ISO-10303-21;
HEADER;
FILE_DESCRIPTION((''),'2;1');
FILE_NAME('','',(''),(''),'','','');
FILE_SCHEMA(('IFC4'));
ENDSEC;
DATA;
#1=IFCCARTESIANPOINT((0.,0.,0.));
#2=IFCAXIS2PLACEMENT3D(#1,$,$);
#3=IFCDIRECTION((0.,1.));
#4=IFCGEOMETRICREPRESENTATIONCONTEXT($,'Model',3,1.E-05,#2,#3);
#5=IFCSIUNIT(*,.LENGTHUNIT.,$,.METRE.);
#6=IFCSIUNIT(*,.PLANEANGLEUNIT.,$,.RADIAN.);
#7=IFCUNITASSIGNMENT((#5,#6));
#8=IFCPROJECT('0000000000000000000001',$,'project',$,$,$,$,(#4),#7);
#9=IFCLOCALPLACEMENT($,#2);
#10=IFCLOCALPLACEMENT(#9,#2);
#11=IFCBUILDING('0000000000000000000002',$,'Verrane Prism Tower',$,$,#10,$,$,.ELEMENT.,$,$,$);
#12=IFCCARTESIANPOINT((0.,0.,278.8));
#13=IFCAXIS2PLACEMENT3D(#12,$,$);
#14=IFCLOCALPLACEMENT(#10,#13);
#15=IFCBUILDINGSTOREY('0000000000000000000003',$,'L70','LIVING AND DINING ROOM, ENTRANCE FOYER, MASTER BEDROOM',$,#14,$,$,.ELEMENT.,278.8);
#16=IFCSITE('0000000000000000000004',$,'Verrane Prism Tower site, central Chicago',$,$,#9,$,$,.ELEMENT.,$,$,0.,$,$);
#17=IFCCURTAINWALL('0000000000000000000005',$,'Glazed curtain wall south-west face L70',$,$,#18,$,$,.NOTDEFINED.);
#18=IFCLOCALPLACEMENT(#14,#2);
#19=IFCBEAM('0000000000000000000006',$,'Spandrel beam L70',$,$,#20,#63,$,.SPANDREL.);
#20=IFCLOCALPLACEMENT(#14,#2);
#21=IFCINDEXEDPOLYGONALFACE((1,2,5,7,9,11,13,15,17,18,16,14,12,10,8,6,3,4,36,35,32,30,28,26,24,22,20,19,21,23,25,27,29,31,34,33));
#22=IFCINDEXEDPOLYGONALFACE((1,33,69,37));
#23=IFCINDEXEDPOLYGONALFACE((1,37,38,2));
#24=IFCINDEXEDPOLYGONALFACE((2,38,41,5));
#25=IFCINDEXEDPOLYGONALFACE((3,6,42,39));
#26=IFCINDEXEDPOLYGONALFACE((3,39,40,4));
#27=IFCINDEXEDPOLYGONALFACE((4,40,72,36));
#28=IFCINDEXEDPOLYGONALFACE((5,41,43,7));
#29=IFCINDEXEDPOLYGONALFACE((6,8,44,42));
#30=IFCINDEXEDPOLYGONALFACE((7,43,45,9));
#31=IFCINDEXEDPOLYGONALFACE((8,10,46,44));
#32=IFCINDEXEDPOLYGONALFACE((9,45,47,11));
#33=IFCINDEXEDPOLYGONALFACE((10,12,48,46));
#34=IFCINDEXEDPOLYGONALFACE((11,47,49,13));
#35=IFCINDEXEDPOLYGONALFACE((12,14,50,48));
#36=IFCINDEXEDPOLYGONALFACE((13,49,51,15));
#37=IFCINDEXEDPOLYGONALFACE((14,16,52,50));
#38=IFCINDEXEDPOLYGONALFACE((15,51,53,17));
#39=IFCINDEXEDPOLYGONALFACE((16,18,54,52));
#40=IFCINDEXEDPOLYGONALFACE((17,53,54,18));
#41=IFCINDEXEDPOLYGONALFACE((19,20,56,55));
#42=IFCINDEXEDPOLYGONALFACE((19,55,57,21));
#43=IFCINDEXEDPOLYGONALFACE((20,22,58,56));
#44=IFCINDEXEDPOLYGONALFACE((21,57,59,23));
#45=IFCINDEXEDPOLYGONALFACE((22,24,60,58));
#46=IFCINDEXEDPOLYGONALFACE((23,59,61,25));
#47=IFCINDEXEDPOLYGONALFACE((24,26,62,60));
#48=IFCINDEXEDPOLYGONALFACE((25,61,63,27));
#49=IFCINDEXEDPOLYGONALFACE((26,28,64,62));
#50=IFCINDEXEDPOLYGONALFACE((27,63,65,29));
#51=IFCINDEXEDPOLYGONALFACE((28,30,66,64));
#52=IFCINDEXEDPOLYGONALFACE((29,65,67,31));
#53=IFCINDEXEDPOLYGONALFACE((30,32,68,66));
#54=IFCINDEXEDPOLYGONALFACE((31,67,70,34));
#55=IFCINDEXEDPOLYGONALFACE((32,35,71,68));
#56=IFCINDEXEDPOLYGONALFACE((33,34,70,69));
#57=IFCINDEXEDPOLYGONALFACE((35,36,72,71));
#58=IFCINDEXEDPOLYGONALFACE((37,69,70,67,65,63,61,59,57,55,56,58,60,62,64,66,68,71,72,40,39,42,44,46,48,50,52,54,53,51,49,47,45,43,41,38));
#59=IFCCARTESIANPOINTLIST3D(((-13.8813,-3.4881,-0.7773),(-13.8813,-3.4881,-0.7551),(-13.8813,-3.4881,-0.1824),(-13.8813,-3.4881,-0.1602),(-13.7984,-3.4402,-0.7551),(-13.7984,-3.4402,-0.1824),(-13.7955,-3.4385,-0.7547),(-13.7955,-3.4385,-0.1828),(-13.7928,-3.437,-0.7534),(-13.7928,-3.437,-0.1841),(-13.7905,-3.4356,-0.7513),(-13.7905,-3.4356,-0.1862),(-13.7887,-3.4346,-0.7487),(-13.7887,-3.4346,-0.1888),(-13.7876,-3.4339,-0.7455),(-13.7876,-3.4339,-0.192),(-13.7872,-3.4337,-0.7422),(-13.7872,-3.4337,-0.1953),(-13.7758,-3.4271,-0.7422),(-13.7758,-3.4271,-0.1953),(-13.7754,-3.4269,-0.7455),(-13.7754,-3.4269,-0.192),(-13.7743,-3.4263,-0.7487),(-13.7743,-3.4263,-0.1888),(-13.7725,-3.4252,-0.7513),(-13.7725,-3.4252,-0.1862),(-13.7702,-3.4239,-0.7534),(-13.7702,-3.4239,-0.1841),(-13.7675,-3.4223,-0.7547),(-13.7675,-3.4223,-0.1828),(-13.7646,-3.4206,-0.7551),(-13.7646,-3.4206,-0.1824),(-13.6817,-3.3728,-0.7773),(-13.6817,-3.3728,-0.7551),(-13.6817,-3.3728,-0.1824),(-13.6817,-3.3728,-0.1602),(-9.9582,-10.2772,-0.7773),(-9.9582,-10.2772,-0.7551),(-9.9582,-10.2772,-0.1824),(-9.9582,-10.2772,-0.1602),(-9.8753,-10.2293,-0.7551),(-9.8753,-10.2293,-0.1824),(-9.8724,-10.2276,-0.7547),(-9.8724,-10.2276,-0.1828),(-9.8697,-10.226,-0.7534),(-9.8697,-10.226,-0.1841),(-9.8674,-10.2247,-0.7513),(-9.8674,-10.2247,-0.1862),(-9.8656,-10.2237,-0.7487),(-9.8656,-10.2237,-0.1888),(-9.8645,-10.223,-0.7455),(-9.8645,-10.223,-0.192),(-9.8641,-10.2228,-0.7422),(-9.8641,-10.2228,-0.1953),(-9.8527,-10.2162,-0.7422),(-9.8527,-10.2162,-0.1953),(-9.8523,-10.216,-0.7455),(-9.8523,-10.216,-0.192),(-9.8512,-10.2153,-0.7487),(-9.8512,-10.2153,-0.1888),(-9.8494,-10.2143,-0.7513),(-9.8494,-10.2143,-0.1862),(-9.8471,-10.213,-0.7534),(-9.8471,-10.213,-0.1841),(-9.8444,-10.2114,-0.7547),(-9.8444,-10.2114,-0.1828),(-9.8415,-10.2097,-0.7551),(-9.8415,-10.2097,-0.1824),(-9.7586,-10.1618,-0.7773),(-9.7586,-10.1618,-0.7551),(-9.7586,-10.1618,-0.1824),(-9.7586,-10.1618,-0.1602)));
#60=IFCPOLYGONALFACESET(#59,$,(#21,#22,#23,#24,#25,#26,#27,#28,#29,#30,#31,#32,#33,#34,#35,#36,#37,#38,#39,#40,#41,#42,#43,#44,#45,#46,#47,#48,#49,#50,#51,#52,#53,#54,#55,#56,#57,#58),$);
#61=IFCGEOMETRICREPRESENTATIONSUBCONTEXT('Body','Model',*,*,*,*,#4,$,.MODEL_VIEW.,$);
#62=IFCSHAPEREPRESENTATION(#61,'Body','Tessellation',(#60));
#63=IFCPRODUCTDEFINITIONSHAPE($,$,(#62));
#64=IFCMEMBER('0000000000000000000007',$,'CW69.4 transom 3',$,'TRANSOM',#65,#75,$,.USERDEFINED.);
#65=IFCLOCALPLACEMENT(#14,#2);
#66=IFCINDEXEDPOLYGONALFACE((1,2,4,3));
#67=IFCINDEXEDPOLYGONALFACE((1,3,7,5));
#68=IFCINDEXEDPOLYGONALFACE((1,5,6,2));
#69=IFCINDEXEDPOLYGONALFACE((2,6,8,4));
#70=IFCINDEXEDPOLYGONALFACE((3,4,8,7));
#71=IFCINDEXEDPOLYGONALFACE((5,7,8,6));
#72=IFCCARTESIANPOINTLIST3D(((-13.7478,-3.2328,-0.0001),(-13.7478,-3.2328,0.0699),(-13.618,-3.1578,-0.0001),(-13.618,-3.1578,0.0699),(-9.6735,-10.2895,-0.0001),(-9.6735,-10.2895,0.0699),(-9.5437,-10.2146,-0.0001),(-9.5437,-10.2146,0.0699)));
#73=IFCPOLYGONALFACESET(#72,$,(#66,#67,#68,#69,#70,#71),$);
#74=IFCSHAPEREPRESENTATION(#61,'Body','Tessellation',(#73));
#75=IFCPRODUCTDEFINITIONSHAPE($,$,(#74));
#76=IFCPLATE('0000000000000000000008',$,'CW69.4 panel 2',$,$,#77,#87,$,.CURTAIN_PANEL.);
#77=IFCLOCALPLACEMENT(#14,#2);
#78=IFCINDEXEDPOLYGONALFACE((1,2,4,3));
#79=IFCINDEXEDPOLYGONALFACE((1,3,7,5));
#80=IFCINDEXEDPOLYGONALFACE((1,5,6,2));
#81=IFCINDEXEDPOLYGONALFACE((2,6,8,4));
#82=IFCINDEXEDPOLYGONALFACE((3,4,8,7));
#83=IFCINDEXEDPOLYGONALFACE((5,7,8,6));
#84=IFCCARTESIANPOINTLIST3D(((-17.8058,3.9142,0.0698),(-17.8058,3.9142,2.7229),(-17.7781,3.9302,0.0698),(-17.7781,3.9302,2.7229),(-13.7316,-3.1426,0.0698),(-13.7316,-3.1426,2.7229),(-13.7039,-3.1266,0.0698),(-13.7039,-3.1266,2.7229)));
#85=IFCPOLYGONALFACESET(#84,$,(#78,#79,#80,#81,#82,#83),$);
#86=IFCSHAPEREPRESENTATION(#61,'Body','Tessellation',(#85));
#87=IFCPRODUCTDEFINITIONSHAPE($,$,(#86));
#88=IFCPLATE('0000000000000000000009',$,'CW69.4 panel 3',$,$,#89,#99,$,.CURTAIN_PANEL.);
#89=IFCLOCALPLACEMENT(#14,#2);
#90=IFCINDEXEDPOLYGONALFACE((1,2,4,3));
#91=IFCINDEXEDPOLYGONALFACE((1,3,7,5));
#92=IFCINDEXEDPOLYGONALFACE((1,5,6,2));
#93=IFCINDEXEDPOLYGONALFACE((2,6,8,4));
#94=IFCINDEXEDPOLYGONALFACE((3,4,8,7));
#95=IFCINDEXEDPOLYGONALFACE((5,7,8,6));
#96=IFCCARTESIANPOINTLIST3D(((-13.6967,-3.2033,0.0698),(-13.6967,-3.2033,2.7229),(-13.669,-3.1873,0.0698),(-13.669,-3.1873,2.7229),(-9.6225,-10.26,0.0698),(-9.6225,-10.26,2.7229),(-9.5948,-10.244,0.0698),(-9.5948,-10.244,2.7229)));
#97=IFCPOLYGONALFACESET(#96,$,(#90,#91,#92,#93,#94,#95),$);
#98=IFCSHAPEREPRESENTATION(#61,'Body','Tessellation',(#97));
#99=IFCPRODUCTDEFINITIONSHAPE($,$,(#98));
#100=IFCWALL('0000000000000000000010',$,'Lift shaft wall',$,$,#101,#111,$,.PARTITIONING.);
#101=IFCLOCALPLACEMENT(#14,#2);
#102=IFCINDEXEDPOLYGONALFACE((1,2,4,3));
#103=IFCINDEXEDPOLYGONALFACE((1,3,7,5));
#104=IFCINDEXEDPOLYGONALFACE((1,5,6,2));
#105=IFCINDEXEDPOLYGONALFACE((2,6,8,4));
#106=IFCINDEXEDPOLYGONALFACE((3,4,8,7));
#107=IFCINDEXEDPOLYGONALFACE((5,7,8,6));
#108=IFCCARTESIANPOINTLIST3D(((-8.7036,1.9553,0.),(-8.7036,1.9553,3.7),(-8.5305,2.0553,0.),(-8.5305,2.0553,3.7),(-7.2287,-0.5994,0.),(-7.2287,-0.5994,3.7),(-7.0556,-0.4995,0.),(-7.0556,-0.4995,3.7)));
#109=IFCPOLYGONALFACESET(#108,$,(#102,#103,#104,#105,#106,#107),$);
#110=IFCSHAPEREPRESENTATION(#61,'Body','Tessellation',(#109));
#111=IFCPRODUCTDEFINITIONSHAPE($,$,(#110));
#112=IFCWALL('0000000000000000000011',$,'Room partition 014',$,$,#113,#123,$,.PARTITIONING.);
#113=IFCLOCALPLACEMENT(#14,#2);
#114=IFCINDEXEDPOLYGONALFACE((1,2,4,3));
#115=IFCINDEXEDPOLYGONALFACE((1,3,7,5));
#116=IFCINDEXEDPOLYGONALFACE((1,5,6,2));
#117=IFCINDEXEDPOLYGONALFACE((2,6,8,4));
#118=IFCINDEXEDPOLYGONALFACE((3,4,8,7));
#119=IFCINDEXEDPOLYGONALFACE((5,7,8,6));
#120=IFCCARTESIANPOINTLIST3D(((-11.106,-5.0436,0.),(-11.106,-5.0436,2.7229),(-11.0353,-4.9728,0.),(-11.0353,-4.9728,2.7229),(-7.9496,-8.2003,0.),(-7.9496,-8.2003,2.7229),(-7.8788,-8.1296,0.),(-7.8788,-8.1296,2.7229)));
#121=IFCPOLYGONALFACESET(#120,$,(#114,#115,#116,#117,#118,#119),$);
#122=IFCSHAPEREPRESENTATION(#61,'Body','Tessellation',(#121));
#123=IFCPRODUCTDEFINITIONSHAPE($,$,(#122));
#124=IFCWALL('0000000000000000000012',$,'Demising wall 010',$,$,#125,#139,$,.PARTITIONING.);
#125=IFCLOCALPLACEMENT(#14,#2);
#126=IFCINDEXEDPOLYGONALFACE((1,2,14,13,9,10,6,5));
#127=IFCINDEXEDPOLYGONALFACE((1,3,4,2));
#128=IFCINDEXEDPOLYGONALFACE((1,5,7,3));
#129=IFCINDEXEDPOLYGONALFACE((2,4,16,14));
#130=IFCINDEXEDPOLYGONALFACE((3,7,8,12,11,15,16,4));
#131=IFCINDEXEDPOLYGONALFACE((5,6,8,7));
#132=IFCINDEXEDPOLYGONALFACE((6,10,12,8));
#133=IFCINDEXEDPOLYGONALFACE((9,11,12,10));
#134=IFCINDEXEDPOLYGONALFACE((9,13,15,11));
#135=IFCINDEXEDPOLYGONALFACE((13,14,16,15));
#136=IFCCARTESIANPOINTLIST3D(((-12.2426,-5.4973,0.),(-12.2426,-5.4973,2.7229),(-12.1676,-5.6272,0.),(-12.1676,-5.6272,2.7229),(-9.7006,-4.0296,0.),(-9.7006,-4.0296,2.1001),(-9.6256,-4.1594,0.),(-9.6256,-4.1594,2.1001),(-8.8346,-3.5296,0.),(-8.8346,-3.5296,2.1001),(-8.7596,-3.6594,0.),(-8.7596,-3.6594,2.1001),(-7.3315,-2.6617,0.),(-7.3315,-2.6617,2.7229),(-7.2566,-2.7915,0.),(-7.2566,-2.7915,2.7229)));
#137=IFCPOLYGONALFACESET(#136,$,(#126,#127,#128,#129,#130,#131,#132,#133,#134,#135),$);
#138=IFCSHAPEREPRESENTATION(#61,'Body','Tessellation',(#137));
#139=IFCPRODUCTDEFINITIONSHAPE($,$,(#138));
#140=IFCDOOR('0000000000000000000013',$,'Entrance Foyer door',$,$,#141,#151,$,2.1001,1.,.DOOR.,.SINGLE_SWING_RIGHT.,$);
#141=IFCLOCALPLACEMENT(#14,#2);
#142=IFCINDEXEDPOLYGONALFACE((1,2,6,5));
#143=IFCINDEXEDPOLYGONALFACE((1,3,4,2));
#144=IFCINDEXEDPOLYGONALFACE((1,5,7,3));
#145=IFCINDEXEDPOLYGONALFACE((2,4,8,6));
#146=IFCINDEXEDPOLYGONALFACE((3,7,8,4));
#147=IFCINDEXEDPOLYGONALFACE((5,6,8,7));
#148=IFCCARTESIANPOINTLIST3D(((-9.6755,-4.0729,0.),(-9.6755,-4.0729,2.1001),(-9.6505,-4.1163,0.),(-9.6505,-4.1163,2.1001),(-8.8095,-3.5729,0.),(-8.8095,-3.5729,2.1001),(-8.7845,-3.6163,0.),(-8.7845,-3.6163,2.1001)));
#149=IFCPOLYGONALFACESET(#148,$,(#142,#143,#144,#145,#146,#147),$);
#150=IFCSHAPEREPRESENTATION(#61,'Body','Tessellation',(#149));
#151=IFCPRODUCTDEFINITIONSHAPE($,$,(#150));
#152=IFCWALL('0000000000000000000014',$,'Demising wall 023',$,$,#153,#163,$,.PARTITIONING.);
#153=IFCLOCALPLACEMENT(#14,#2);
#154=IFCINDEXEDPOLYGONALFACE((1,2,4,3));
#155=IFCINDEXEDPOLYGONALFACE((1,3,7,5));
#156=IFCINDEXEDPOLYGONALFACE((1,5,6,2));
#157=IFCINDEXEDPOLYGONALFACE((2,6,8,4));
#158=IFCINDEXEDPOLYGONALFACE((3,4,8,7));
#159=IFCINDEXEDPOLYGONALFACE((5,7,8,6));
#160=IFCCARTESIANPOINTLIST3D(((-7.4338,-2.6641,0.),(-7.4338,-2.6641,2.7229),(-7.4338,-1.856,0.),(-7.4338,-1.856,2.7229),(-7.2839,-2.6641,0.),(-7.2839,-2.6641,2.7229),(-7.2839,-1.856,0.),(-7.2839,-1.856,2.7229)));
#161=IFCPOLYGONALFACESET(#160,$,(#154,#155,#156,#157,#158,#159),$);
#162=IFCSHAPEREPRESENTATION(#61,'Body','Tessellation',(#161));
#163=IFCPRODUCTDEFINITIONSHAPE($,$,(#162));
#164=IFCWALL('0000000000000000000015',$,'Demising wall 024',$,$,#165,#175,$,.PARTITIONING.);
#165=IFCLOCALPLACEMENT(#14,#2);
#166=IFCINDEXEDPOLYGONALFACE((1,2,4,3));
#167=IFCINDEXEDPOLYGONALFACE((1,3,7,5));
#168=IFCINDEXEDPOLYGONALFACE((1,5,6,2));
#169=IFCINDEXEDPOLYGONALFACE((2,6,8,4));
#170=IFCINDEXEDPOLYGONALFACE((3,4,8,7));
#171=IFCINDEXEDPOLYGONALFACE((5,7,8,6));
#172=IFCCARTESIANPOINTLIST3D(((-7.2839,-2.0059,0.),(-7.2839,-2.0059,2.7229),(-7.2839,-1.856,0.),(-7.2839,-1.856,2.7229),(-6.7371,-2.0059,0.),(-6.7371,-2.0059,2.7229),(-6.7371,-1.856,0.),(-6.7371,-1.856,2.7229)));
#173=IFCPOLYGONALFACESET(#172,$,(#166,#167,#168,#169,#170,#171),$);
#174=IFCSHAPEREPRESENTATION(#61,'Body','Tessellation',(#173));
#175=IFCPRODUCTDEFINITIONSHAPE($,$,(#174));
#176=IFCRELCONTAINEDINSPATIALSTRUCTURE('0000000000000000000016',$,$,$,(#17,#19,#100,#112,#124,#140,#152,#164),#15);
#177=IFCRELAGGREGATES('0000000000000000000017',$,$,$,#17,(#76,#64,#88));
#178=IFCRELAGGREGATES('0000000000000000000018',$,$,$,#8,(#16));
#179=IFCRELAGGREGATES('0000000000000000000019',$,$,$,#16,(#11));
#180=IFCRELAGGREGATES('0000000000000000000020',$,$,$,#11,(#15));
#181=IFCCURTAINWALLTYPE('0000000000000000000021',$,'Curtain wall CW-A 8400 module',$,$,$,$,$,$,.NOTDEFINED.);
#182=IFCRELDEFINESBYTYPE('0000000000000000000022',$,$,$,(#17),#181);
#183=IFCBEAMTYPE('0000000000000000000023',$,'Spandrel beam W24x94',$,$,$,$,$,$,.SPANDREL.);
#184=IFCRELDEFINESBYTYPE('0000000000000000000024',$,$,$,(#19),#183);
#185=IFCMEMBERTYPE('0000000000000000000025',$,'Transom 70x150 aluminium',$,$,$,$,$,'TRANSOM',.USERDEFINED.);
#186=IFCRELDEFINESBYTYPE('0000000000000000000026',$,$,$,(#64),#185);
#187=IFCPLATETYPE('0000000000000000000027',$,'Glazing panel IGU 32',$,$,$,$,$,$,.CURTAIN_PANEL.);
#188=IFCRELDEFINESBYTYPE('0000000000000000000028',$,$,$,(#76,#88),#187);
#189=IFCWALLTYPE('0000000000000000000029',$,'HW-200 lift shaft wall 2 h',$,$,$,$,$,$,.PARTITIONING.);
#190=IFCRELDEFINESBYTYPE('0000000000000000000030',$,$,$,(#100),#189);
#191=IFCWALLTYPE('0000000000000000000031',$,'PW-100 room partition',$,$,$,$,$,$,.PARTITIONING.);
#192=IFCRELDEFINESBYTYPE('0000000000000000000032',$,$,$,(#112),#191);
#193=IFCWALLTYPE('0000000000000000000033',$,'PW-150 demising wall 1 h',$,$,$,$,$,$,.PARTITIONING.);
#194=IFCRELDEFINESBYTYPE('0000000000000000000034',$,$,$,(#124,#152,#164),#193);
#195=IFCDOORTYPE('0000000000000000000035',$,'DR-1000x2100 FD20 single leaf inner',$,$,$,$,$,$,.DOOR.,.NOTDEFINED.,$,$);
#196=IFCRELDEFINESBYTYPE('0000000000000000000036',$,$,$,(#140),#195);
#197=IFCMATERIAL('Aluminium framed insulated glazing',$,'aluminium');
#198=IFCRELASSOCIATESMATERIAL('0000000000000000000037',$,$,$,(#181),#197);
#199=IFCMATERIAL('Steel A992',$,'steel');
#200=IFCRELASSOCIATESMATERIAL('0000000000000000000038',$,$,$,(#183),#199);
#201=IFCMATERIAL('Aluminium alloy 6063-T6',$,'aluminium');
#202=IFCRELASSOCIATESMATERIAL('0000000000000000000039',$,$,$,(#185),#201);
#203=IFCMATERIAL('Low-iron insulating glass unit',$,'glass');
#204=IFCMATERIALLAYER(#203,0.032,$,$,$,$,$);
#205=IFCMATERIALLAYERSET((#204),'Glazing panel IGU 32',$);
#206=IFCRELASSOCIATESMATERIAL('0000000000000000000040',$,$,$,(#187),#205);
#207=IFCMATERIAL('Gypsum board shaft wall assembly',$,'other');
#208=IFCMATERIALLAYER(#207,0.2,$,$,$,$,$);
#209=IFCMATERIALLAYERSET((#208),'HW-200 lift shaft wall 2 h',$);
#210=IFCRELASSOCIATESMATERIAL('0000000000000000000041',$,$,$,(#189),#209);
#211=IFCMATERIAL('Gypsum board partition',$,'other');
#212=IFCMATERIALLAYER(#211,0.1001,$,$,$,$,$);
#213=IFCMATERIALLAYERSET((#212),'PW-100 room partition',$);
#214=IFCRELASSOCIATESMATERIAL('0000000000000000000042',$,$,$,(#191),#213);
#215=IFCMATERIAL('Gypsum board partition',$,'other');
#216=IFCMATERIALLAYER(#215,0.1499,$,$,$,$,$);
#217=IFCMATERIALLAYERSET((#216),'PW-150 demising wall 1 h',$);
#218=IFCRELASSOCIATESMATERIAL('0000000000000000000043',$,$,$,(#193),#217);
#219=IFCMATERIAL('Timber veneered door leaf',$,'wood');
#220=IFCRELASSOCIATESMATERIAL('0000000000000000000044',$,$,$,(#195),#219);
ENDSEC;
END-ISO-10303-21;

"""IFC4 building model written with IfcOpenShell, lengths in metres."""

from ifc_helpers import new_model, si_unit, direction, frame, frame_2d, origin, origin_2d, place, context, subcontext, project, spatial, rectangle, i_section, extrude, material, layer, layer_set, material_profile, profile_set, type_object, element, fill, aggregate, save


model = new_model("IFC4")

# Units and contexts
model_context = context("Model", 3, precision=1e-05, world=origin(), true_north=direction((0.0, 1.0)))
body_context = subcontext(model_context, "Body", "Model", "MODEL_VIEW")
ifc_project = project(units=[si_unit("LENGTHUNIT", "METRE"), si_unit("PLANEANGLEUNIT", "RADIAN")], contexts=[model_context])

# Site, building, storey
site_placement = place(None, origin())
site = spatial("IfcSite", under=ifc_project, at=site_placement, Name="Verrane Prism Tower site, central Chicago", CompositionType="ELEMENT", RefElevation=0.0)
building_placement = place(site_placement, origin())
building = spatial("IfcBuilding", under=site, at=building_placement, Name="Verrane Prism Tower", CompositionType="ELEMENT")
storey_placement = place(building_placement, frame((0.0, 0.0, 278.8)))
storey = spatial("IfcBuildingStorey", under=building, at=storey_placement, Name="L70", Description="LIVING AND DINING ROOM, ENTRANCE FOYER, MASTER BEDROOM", CompositionType="ELEMENT", Elevation=278.8)

# Curtain wall
ifc_material_1 = material(Name="Aluminium framed insulated glazing", Category="aluminium")
curtain_wall_type = type_object("IfcCurtainWallType", Name="Curtain wall CW-A 8400 module", PredefinedType="NOTDEFINED", material=ifc_material_1)
curtain_wall_placement = place(storey_placement, origin())
curtain_wall = element("IfcCurtainWall", 1, at=curtain_wall_placement, inside=storey, type_object=curtain_wall_type, Name="Glazed curtain wall south-west face L70", PredefinedType="NOTDEFINED")

# Beam
ifc_material_2 = material(Name="Steel A992", Category="steel")
ifc_material_profile_1 = material_profile(ifc_material_2, i_section(OverallWidth=0.2305, OverallDepth=0.6172, WebThickness=0.0132, FlangeThickness=0.0222, FilletRadius=0.0129, at=origin_2d()), Name="W24x94")
ifc_profile_set_1 = profile_set([ifc_material_profile_1], Name="Steel A992")
beam_type_1 = type_object("IfcBeamType", Name="Spandrel beam W24x94", PredefinedType="SPANDREL", material=ifc_profile_set_1)
beam_1_placement = place(storey_placement, frame((-13.7815, -3.4304, -0.4688), z_axis=(0.500328, -0.865836, 0.0), x_axis=(0.865836, 0.500328, 0.0)))
element("IfcBeam", 2, at=beam_1_placement, inside=storey, type_object=beam_type_1, Name="Spandrel beam L70", PredefinedType="SPANDREL", context=body_context, shape_type="SweptSolid", body=[
    extrude(i_section(OverallWidth=0.2305, OverallDepth=0.6172, WebThickness=0.0132, FlangeThickness=0.0222, FilletRadius=0.0129, at=origin_2d()), origin(), (0.0, 0.0, 1.0), 7.8411),
])

# Member
ifc_material_3 = material(Name="Aluminium alloy 6063-T6", Category="aluminium")
ifc_material_profile_2 = material_profile(ifc_material_3, rectangle(XDim=0.1499, YDim=0.0701, at=origin_2d()), Name="Transom 70x150 aluminium")
ifc_profile_set_2 = profile_set([ifc_material_profile_2], Name="Aluminium alloy 6063-T6")
member_type_1 = type_object("IfcMemberType", Name="Transom 70x150 aluminium", ElementType="TRANSOM", PredefinedType="USERDEFINED", material=ifc_profile_set_2)
member_1_placement = place(storey_placement, frame((-13.6829, -3.1953, 0.0349), z_axis=(0.500006, -0.866022, 0.0), x_axis=(0.866022, 0.500006, 0.0)))
member_1 = element("IfcMember", 3, at=member_1_placement, type_object=member_type_1, Name="CW69.4 transom 3", ObjectType="TRANSOM", PredefinedType="USERDEFINED", context=body_context, shape_type="SweptSolid", body=[
    extrude(rectangle(XDim=0.1499, YDim=0.0701, at=origin_2d()), origin(), (0.0, 0.0, 1.0), 8.1484),
])

# Plates
ifc_material_4 = material(Name="Low-iron insulating glass unit", Category="glass")
ifc_layer_1 = layer(ifc_material_4, 0.032)
ifc_layer_set_1 = layer_set([ifc_layer_1], Name="Glazing panel IGU 32")
plate_type = type_object("IfcPlateType", Name="Glazing panel IGU 32", PredefinedType="CURTAIN_PANEL", material=ifc_layer_set_1)
plate_1_placement = place(storey_placement, frame((-15.7549, 0.3938, 0.0698), z_axis=(0.0, 0.0, 1.0), x_axis=(0.500001, -0.866025, 0.0)))
plate_1 = element("IfcPlate", 4, at=plate_1_placement, type_object=plate_type, Name="CW69.4 panel 2", PredefinedType="CURTAIN_PANEL", context=body_context, shape_type="SweptSolid", body=[
    extrude(rectangle(XDim=8.1484, YDim=0.032, at=origin_2d()), origin(), (0.0, 0.0, 1.0), 2.6531),
])
plate_2_placement = place(storey_placement, frame((-11.6458, -6.7236, 0.0698), z_axis=(0.0, 0.0, 1.0), x_axis=(0.500001, -0.866025, 0.0)))
plate_2 = element("IfcPlate", 5, at=plate_2_placement, type_object=plate_type, Name="CW69.4 panel 3", PredefinedType="CURTAIN_PANEL", context=body_context, shape_type="SweptSolid", body=[
    extrude(rectangle(XDim=8.1484, YDim=0.032, at=origin_2d()), origin(), (0.0, 0.0, 1.0), 2.6531),
])
aggregate(curtain_wall, [plate_1, member_1, plate_2])

# Walls
ifc_material_5 = material(Name="Gypsum board shaft wall assembly", Category="other")
ifc_layer_2 = layer(ifc_material_5, 0.2)
ifc_layer_set_2 = layer_set([ifc_layer_2], Name="HW-200 lift shaft wall 2 h")
wall_type_1 = type_object("IfcWallType", Name="HW-200 lift shaft wall 2 h", PredefinedType="PARTITIONING", material=ifc_layer_set_2)
wall_1_placement = place(storey_placement, frame((-7.1421, -0.5496, 0.0), z_axis=(0.0, 0.0, 1.0), x_axis=(-0.499976, 0.866039, 0.0)))
element("IfcWall", 6, at=wall_1_placement, inside=storey, type_object=wall_type_1, Name="Lift shaft wall", PredefinedType="PARTITIONING", context=body_context, shape_type="SweptSolid", body=[
    extrude(rectangle(XDim=2.95, YDim=0.2, at=frame_2d((1.4751, 0.0))), origin(), (0.0, 0.0, 1.0), 3.7),
])
ifc_material_6 = material(Name="Gypsum board partition", Category="other")
ifc_layer_3 = layer(ifc_material_6, 0.1001)
ifc_layer_set_3 = layer_set([ifc_layer_3], Name="PW-100 room partition")
wall_type_2 = type_object("IfcWallType", Name="PW-100 room partition", PredefinedType="PARTITIONING", material=ifc_layer_set_3)
wall_2_placement = place(storey_placement, frame((-11.0706, -5.0083, 0.0), z_axis=(0.0, 0.0, 1.0), x_axis=(0.707079, -0.707134, 0.0)))
element("IfcWall", 7, at=wall_2_placement, inside=storey, type_object=wall_type_2, Name="Room partition 014", PredefinedType="PARTITIONING", context=body_context, shape_type="SweptSolid", body=[
    extrude(rectangle(XDim=4.4641, YDim=0.1001, at=frame_2d((2.2319, 0.0))), origin(), (0.0, 0.0, 1.0), 2.7229),
])

# Wall, opening, door
ifc_material_7 = material(Name="Gypsum board partition", Category="other")
ifc_layer_4 = layer(ifc_material_7, 0.1499)
ifc_layer_set_4 = layer_set([ifc_layer_4], Name="PW-150 demising wall 1 h")
wall_type_3 = type_object("IfcWallType", Name="PW-150 demising wall 1 h", PredefinedType="PARTITIONING", material=ifc_layer_set_4)
wall_3_placement = place(storey_placement, frame((-12.2051, -5.5623, 0.0), z_axis=(0.0, 0.0, 1.0), x_axis=(0.866006, 0.500033, 0.0)))
wall_3 = element("IfcWall", 8, at=wall_3_placement, inside=storey, type_object=wall_type_3, Name="Demising wall 010", PredefinedType="PARTITIONING", context=body_context, shape_type="SweptSolid", body=[
    extrude(rectangle(XDim=5.6709, YDim=0.1499, at=frame_2d((2.8354, 0.0))), origin(), (0.0, 0.0, 1.0), 2.7229),
])
opening_1_placement = place(wall_3_placement, frame((2.9353, 0.0, 0.0)))
opening_1 = element("IfcOpeningElement", 9, at=opening_1_placement, cuts=wall_3, PredefinedType="OPENING", context=body_context, shape_type="SweptSolid", body=[
    extrude(rectangle(XDim=1.0, YDim=2.1001, at=frame_2d((0.5, 1.05))), frame((0.0, 0.085, 0.0), z_axis=(0.0, -1.0, 0.0), x_axis=(1.0, 0.0, 0.0)), (0.0, 0.0, 1.0), 0.1699),
])
ifc_material_8 = material(Name="Timber veneered door leaf", Category="wood")
door_type_1 = type_object("IfcDoorType", Name="DR-1000x2100 FD20 single leaf inner", OperationType="NOTDEFINED", PredefinedType="DOOR", material=ifc_material_8)
door_1_placement = place(opening_1_placement, origin())
door_1 = element("IfcDoor", 10, at=door_1_placement, inside=storey, type_object=door_type_1, Name="Entrance Foyer door", OperationType="SINGLE_SWING_RIGHT", OverallHeight=2.1001, OverallWidth=1.0, PredefinedType="DOOR", context=body_context, shape_type="SweptSolid", body=[
    extrude(rectangle(XDim=1.0, YDim=2.1001, at=frame_2d((0.5, 1.05))), frame((0.0, 0.0249, 0.0), z_axis=(0.0, -1.0, 0.0), x_axis=(1.0, 0.0, 0.0)), (0.0, 0.0, 1.0), 0.05),
])
fill(opening_1, door_1)

# Walls
wall_4_placement = place(storey_placement, frame((-7.3589, -2.6641, 0.0), z_axis=(0.0, 0.0, 1.0), x_axis=(0.0, 1.0, 0.0)))
element("IfcWall", 11, at=wall_4_placement, inside=storey, type_object=wall_type_3, Name="Demising wall 023", PredefinedType="PARTITIONING", context=body_context, shape_type="SweptSolid", body=[
    extrude(rectangle(XDim=0.8081, YDim=0.1499, at=frame_2d((0.4041, 0.0))), origin(), (0.0, 0.0, 1.0), 2.7229),
])
wall_5_placement = place(storey_placement, frame((-7.2839, -1.9309, 0.0), z_axis=(0.0, 0.0, 1.0), x_axis=(1.0, 0.0, 0.0)))
element("IfcWall", 12, at=wall_5_placement, inside=storey, type_object=wall_type_3, Name="Demising wall 024", PredefinedType="PARTITIONING", context=body_context, shape_type="SweptSolid", body=[
    extrude(rectangle(XDim=0.5469, YDim=0.1499, at=frame_2d((0.2734, 0.0))), origin(), (0.0, 0.0, 1.0), 2.7229),
])

save(model, "model.ifc")
